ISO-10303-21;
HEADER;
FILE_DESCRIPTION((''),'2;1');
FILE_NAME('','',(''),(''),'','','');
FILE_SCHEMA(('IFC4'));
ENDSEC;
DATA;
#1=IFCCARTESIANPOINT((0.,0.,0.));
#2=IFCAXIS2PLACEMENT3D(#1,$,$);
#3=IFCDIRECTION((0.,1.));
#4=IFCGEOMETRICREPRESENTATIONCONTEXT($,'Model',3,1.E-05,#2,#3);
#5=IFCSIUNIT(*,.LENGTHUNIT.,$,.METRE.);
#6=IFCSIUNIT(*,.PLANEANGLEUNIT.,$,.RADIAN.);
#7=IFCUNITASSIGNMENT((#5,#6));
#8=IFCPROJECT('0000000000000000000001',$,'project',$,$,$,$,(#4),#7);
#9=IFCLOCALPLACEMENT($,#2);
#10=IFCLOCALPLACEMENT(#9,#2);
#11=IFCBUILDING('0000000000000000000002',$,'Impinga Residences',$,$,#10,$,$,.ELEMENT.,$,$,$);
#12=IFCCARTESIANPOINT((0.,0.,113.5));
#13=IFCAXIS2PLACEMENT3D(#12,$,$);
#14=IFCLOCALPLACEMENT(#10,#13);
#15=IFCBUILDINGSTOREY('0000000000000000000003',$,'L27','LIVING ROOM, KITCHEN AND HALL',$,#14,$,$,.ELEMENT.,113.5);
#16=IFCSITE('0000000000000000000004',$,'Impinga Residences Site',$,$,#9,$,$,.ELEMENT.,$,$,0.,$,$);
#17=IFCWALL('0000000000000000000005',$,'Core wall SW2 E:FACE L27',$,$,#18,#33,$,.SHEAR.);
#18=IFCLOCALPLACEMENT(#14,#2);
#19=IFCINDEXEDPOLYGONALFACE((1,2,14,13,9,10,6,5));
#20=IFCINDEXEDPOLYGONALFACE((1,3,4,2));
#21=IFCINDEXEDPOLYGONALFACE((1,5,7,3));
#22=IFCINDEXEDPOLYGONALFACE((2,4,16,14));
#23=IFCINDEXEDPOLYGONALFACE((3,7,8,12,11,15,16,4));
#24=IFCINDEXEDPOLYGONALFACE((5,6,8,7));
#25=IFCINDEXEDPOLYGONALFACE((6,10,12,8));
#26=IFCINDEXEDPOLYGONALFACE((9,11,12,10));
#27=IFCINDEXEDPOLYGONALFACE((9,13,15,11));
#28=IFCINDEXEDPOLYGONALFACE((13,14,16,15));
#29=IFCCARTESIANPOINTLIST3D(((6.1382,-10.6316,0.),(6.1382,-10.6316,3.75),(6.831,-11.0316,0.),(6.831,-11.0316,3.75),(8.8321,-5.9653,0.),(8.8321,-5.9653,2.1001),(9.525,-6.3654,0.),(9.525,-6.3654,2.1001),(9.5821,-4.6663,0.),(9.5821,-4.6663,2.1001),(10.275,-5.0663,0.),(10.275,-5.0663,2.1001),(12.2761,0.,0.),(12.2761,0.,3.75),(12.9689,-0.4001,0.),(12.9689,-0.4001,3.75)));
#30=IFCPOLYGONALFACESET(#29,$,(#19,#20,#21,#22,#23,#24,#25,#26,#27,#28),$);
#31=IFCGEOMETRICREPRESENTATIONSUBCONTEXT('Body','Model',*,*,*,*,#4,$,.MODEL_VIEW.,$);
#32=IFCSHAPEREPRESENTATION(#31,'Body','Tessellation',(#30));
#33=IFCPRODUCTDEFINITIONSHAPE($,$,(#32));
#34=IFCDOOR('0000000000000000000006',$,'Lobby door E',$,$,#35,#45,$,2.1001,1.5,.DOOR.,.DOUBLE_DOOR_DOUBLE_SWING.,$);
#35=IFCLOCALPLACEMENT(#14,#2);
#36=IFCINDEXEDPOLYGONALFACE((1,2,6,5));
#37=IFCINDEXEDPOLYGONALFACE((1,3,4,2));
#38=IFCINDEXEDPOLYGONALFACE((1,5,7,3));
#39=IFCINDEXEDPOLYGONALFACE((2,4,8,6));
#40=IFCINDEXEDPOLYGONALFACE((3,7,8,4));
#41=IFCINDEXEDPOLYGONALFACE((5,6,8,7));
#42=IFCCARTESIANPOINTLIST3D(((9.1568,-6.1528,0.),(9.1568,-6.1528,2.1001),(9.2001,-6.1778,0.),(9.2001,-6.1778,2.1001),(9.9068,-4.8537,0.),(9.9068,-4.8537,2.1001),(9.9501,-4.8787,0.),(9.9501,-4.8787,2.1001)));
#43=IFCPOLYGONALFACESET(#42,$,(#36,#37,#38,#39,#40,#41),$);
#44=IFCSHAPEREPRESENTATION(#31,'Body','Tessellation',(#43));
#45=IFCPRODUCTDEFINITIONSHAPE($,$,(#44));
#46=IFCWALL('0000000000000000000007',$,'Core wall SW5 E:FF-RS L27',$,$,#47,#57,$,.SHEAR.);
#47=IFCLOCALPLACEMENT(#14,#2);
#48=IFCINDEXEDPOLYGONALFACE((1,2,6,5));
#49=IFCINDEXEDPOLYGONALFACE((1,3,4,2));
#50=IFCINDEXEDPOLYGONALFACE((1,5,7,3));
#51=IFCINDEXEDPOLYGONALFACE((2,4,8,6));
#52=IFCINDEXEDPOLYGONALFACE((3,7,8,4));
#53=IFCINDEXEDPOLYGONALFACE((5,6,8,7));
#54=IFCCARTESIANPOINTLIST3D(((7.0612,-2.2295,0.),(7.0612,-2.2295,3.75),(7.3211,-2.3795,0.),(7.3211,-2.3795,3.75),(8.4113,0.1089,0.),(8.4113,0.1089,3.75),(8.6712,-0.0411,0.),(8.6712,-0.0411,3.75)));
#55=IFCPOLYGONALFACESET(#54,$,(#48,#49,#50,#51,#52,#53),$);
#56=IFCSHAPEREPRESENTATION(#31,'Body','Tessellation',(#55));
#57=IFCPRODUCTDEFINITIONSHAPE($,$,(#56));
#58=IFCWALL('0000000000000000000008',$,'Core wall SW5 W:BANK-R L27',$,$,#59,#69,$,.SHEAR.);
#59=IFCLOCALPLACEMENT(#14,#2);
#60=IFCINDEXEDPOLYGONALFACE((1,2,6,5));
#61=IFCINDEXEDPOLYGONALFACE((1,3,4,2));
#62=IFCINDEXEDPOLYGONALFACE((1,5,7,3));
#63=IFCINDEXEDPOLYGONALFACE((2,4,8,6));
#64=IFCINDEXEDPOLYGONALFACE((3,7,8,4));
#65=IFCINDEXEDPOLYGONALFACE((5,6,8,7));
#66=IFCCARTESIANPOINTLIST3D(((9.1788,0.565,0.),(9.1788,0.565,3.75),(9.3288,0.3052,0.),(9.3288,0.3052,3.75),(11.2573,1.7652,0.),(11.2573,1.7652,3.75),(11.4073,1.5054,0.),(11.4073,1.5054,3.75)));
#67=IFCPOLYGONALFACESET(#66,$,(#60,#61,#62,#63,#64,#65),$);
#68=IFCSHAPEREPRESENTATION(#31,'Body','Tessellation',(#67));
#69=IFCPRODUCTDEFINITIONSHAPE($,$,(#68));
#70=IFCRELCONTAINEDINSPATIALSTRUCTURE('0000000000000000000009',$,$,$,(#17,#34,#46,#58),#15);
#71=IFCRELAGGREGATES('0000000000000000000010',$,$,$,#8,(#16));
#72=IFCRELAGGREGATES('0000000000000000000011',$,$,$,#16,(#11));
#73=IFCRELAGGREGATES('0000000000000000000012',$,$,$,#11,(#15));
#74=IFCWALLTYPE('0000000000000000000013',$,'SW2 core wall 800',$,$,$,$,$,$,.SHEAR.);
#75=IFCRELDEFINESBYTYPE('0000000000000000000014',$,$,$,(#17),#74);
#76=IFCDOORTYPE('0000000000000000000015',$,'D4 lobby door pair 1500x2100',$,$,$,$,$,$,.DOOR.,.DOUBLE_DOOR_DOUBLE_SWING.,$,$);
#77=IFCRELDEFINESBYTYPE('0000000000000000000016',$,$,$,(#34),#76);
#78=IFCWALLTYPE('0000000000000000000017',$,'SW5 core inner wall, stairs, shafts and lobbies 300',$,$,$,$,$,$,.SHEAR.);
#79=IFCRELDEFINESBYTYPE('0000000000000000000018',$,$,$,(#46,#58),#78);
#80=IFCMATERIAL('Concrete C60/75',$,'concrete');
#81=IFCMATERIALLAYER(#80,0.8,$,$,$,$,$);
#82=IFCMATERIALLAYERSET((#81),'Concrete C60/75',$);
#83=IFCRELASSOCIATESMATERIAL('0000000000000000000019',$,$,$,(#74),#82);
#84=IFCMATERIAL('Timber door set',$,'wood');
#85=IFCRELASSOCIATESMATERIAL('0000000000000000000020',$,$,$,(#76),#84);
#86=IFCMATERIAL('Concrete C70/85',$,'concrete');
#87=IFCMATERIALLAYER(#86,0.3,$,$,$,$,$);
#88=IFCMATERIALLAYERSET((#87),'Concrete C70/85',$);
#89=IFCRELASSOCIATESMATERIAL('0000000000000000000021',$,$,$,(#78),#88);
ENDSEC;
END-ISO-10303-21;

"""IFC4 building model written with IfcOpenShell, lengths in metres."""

from ifc_helpers import new_model, si_unit, direction, frame, frame_2d, origin, place, context, subcontext, project, spatial, rectangle, extrude, material, layer, layer_set, type_object, element, fill, save


model = new_model("IFC4")

# Units and contexts
model_context = context("Model", 3, precision=1e-05, world=origin(), true_north=direction((0.0, 1.0)))
body_context = subcontext(model_context, "Body", "Model", "MODEL_VIEW")
ifc_project = project(units=[si_unit("LENGTHUNIT", "METRE"), si_unit("PLANEANGLEUNIT", "RADIAN")], contexts=[model_context])

# Site, building, storey
site_placement = place(None, origin())
site = spatial("IfcSite", under=ifc_project, at=site_placement, Name="Impinga Residences Site", CompositionType="ELEMENT", RefElevation=0.0)
building_placement = place(site_placement, origin())
building = spatial("IfcBuilding", under=site, at=building_placement, Name="Impinga Residences", CompositionType="ELEMENT")
storey_placement = place(building_placement, frame((0.0, 0.0, 113.5)))
storey = spatial("IfcBuildingStorey", under=building, at=storey_placement, Name="L27", Description="LIVING ROOM, KITCHEN AND HALL", CompositionType="ELEMENT", Elevation=113.5)

# Shared definitions
ifc_material_1 = material(Name="Concrete C60/75", Category="concrete")

# Wall, opening, door
ifc_layer_1 = layer(ifc_material_1, 0.8)
ifc_layer_set_1 = layer_set([ifc_layer_1], Name="Concrete C60/75")
wall_type_1 = type_object("IfcWallType", Name="SW2 core wall 800", PredefinedType="SHEAR", material=ifc_layer_set_1)
wall_1_placement = place(storey_placement, frame((12.6226, -0.2, 0.0), z_axis=(0.0, 0.0, 1.0), x_axis=(-0.499987, -0.866033, 0.0)))
wall_1 = element("IfcWall", 1, at=wall_1_placement, inside=storey, type_object=wall_type_1, Name="Core wall SW2 E:FACE L27", PredefinedType="SHEAR", context=body_context, shape_type="SweptSolid", body=[
    extrude(rectangle(XDim=12.2761, YDim=0.8, at=frame_2d((6.1382, 0.0))), origin(), (0.0, 0.0, 1.0), 3.75),
])
opening_1_placement = place(wall_1_placement, frame((5.3882, 0.0, 0.0)))
opening_1 = element("IfcOpeningElement", 2, at=opening_1_placement, cuts=wall_1, PredefinedType="OPENING", context=body_context, shape_type="SweptSolid", body=[
    extrude(rectangle(XDim=1.5, YDim=2.1001, at=frame_2d((0.75, 1.05))), frame((0.0, 0.4099, 0.0), z_axis=(0.0, -1.0, 0.0), x_axis=(1.0, 0.0, 0.0)), (0.0, 0.0, 1.0), 0.8201),
])
ifc_material_2 = material(Name="Timber door set", Category="wood")
door_type = type_object("IfcDoorType", Name="D4 lobby door pair 1500x2100", OperationType="DOUBLE_DOOR_DOUBLE_SWING", PredefinedType="DOOR", material=ifc_material_2)
door_placement = place(opening_1_placement, origin())
door = element("IfcDoor", 3, at=door_placement, inside=storey, type_object=door_type, Name="Lobby door E", OperationType="DOUBLE_DOOR_DOUBLE_SWING", OverallHeight=2.1001, OverallWidth=1.5, PredefinedType="DOOR", context=body_context, shape_type="SweptSolid", body=[
    extrude(rectangle(XDim=1.5, YDim=2.1001, at=frame_2d((0.75, 1.05))), frame((0.0, 0.0249, 0.0), z_axis=(0.0, -1.0, 0.0), x_axis=(1.0, 0.0, 0.0)), (0.0, 0.0, 1.0), 0.05),
])
fill(opening_1, door)

# Walls
ifc_material_3 = material(Name="Concrete C70/85", Category="concrete")
ifc_layer_2 = layer(ifc_material_3, 0.3)
ifc_layer_set_2 = layer_set([ifc_layer_2], Name="Concrete C70/85")
wall_type_2 = type_object("IfcWallType", Name="SW5 core inner wall, stairs, shafts and lobbies 300", PredefinedType="SHEAR", material=ifc_layer_set_2)
wall_2_placement = place(storey_placement, frame((8.5413, 0.0339, 0.0), z_axis=(0.0, 0.0, 1.0), x_axis=(-0.500009, -0.86602, 0.0)))
element("IfcWall", 4, at=wall_2_placement, inside=storey, type_object=wall_type_2, Name="Core wall SW5 E:FF-RS L27", PredefinedType="SHEAR", context=body_context, shape_type="SweptSolid", body=[
    extrude(rectangle(XDim=2.7002, YDim=0.3, at=frame_2d((1.3501, 0.0))), origin(), (0.0, 0.0, 1.0), 3.75),
])
wall_3_placement = place(storey_placement, frame((9.2537, 0.4351, 0.0), z_axis=(0.0, 0.0, 1.0), x_axis=(0.866006, 0.500034, 0.0)))
element("IfcWall", 5, at=wall_3_placement, inside=storey, type_object=wall_type_2, Name="Core wall SW5 W:BANK-R L27", PredefinedType="SHEAR", context=body_context, shape_type="SweptSolid", body=[
    extrude(rectangle(XDim=2.4001, YDim=0.3, at=frame_2d((1.2002, 0.0))), origin(), (0.0, 0.0, 1.0), 3.75),
])

save(model, "model.ifc")
